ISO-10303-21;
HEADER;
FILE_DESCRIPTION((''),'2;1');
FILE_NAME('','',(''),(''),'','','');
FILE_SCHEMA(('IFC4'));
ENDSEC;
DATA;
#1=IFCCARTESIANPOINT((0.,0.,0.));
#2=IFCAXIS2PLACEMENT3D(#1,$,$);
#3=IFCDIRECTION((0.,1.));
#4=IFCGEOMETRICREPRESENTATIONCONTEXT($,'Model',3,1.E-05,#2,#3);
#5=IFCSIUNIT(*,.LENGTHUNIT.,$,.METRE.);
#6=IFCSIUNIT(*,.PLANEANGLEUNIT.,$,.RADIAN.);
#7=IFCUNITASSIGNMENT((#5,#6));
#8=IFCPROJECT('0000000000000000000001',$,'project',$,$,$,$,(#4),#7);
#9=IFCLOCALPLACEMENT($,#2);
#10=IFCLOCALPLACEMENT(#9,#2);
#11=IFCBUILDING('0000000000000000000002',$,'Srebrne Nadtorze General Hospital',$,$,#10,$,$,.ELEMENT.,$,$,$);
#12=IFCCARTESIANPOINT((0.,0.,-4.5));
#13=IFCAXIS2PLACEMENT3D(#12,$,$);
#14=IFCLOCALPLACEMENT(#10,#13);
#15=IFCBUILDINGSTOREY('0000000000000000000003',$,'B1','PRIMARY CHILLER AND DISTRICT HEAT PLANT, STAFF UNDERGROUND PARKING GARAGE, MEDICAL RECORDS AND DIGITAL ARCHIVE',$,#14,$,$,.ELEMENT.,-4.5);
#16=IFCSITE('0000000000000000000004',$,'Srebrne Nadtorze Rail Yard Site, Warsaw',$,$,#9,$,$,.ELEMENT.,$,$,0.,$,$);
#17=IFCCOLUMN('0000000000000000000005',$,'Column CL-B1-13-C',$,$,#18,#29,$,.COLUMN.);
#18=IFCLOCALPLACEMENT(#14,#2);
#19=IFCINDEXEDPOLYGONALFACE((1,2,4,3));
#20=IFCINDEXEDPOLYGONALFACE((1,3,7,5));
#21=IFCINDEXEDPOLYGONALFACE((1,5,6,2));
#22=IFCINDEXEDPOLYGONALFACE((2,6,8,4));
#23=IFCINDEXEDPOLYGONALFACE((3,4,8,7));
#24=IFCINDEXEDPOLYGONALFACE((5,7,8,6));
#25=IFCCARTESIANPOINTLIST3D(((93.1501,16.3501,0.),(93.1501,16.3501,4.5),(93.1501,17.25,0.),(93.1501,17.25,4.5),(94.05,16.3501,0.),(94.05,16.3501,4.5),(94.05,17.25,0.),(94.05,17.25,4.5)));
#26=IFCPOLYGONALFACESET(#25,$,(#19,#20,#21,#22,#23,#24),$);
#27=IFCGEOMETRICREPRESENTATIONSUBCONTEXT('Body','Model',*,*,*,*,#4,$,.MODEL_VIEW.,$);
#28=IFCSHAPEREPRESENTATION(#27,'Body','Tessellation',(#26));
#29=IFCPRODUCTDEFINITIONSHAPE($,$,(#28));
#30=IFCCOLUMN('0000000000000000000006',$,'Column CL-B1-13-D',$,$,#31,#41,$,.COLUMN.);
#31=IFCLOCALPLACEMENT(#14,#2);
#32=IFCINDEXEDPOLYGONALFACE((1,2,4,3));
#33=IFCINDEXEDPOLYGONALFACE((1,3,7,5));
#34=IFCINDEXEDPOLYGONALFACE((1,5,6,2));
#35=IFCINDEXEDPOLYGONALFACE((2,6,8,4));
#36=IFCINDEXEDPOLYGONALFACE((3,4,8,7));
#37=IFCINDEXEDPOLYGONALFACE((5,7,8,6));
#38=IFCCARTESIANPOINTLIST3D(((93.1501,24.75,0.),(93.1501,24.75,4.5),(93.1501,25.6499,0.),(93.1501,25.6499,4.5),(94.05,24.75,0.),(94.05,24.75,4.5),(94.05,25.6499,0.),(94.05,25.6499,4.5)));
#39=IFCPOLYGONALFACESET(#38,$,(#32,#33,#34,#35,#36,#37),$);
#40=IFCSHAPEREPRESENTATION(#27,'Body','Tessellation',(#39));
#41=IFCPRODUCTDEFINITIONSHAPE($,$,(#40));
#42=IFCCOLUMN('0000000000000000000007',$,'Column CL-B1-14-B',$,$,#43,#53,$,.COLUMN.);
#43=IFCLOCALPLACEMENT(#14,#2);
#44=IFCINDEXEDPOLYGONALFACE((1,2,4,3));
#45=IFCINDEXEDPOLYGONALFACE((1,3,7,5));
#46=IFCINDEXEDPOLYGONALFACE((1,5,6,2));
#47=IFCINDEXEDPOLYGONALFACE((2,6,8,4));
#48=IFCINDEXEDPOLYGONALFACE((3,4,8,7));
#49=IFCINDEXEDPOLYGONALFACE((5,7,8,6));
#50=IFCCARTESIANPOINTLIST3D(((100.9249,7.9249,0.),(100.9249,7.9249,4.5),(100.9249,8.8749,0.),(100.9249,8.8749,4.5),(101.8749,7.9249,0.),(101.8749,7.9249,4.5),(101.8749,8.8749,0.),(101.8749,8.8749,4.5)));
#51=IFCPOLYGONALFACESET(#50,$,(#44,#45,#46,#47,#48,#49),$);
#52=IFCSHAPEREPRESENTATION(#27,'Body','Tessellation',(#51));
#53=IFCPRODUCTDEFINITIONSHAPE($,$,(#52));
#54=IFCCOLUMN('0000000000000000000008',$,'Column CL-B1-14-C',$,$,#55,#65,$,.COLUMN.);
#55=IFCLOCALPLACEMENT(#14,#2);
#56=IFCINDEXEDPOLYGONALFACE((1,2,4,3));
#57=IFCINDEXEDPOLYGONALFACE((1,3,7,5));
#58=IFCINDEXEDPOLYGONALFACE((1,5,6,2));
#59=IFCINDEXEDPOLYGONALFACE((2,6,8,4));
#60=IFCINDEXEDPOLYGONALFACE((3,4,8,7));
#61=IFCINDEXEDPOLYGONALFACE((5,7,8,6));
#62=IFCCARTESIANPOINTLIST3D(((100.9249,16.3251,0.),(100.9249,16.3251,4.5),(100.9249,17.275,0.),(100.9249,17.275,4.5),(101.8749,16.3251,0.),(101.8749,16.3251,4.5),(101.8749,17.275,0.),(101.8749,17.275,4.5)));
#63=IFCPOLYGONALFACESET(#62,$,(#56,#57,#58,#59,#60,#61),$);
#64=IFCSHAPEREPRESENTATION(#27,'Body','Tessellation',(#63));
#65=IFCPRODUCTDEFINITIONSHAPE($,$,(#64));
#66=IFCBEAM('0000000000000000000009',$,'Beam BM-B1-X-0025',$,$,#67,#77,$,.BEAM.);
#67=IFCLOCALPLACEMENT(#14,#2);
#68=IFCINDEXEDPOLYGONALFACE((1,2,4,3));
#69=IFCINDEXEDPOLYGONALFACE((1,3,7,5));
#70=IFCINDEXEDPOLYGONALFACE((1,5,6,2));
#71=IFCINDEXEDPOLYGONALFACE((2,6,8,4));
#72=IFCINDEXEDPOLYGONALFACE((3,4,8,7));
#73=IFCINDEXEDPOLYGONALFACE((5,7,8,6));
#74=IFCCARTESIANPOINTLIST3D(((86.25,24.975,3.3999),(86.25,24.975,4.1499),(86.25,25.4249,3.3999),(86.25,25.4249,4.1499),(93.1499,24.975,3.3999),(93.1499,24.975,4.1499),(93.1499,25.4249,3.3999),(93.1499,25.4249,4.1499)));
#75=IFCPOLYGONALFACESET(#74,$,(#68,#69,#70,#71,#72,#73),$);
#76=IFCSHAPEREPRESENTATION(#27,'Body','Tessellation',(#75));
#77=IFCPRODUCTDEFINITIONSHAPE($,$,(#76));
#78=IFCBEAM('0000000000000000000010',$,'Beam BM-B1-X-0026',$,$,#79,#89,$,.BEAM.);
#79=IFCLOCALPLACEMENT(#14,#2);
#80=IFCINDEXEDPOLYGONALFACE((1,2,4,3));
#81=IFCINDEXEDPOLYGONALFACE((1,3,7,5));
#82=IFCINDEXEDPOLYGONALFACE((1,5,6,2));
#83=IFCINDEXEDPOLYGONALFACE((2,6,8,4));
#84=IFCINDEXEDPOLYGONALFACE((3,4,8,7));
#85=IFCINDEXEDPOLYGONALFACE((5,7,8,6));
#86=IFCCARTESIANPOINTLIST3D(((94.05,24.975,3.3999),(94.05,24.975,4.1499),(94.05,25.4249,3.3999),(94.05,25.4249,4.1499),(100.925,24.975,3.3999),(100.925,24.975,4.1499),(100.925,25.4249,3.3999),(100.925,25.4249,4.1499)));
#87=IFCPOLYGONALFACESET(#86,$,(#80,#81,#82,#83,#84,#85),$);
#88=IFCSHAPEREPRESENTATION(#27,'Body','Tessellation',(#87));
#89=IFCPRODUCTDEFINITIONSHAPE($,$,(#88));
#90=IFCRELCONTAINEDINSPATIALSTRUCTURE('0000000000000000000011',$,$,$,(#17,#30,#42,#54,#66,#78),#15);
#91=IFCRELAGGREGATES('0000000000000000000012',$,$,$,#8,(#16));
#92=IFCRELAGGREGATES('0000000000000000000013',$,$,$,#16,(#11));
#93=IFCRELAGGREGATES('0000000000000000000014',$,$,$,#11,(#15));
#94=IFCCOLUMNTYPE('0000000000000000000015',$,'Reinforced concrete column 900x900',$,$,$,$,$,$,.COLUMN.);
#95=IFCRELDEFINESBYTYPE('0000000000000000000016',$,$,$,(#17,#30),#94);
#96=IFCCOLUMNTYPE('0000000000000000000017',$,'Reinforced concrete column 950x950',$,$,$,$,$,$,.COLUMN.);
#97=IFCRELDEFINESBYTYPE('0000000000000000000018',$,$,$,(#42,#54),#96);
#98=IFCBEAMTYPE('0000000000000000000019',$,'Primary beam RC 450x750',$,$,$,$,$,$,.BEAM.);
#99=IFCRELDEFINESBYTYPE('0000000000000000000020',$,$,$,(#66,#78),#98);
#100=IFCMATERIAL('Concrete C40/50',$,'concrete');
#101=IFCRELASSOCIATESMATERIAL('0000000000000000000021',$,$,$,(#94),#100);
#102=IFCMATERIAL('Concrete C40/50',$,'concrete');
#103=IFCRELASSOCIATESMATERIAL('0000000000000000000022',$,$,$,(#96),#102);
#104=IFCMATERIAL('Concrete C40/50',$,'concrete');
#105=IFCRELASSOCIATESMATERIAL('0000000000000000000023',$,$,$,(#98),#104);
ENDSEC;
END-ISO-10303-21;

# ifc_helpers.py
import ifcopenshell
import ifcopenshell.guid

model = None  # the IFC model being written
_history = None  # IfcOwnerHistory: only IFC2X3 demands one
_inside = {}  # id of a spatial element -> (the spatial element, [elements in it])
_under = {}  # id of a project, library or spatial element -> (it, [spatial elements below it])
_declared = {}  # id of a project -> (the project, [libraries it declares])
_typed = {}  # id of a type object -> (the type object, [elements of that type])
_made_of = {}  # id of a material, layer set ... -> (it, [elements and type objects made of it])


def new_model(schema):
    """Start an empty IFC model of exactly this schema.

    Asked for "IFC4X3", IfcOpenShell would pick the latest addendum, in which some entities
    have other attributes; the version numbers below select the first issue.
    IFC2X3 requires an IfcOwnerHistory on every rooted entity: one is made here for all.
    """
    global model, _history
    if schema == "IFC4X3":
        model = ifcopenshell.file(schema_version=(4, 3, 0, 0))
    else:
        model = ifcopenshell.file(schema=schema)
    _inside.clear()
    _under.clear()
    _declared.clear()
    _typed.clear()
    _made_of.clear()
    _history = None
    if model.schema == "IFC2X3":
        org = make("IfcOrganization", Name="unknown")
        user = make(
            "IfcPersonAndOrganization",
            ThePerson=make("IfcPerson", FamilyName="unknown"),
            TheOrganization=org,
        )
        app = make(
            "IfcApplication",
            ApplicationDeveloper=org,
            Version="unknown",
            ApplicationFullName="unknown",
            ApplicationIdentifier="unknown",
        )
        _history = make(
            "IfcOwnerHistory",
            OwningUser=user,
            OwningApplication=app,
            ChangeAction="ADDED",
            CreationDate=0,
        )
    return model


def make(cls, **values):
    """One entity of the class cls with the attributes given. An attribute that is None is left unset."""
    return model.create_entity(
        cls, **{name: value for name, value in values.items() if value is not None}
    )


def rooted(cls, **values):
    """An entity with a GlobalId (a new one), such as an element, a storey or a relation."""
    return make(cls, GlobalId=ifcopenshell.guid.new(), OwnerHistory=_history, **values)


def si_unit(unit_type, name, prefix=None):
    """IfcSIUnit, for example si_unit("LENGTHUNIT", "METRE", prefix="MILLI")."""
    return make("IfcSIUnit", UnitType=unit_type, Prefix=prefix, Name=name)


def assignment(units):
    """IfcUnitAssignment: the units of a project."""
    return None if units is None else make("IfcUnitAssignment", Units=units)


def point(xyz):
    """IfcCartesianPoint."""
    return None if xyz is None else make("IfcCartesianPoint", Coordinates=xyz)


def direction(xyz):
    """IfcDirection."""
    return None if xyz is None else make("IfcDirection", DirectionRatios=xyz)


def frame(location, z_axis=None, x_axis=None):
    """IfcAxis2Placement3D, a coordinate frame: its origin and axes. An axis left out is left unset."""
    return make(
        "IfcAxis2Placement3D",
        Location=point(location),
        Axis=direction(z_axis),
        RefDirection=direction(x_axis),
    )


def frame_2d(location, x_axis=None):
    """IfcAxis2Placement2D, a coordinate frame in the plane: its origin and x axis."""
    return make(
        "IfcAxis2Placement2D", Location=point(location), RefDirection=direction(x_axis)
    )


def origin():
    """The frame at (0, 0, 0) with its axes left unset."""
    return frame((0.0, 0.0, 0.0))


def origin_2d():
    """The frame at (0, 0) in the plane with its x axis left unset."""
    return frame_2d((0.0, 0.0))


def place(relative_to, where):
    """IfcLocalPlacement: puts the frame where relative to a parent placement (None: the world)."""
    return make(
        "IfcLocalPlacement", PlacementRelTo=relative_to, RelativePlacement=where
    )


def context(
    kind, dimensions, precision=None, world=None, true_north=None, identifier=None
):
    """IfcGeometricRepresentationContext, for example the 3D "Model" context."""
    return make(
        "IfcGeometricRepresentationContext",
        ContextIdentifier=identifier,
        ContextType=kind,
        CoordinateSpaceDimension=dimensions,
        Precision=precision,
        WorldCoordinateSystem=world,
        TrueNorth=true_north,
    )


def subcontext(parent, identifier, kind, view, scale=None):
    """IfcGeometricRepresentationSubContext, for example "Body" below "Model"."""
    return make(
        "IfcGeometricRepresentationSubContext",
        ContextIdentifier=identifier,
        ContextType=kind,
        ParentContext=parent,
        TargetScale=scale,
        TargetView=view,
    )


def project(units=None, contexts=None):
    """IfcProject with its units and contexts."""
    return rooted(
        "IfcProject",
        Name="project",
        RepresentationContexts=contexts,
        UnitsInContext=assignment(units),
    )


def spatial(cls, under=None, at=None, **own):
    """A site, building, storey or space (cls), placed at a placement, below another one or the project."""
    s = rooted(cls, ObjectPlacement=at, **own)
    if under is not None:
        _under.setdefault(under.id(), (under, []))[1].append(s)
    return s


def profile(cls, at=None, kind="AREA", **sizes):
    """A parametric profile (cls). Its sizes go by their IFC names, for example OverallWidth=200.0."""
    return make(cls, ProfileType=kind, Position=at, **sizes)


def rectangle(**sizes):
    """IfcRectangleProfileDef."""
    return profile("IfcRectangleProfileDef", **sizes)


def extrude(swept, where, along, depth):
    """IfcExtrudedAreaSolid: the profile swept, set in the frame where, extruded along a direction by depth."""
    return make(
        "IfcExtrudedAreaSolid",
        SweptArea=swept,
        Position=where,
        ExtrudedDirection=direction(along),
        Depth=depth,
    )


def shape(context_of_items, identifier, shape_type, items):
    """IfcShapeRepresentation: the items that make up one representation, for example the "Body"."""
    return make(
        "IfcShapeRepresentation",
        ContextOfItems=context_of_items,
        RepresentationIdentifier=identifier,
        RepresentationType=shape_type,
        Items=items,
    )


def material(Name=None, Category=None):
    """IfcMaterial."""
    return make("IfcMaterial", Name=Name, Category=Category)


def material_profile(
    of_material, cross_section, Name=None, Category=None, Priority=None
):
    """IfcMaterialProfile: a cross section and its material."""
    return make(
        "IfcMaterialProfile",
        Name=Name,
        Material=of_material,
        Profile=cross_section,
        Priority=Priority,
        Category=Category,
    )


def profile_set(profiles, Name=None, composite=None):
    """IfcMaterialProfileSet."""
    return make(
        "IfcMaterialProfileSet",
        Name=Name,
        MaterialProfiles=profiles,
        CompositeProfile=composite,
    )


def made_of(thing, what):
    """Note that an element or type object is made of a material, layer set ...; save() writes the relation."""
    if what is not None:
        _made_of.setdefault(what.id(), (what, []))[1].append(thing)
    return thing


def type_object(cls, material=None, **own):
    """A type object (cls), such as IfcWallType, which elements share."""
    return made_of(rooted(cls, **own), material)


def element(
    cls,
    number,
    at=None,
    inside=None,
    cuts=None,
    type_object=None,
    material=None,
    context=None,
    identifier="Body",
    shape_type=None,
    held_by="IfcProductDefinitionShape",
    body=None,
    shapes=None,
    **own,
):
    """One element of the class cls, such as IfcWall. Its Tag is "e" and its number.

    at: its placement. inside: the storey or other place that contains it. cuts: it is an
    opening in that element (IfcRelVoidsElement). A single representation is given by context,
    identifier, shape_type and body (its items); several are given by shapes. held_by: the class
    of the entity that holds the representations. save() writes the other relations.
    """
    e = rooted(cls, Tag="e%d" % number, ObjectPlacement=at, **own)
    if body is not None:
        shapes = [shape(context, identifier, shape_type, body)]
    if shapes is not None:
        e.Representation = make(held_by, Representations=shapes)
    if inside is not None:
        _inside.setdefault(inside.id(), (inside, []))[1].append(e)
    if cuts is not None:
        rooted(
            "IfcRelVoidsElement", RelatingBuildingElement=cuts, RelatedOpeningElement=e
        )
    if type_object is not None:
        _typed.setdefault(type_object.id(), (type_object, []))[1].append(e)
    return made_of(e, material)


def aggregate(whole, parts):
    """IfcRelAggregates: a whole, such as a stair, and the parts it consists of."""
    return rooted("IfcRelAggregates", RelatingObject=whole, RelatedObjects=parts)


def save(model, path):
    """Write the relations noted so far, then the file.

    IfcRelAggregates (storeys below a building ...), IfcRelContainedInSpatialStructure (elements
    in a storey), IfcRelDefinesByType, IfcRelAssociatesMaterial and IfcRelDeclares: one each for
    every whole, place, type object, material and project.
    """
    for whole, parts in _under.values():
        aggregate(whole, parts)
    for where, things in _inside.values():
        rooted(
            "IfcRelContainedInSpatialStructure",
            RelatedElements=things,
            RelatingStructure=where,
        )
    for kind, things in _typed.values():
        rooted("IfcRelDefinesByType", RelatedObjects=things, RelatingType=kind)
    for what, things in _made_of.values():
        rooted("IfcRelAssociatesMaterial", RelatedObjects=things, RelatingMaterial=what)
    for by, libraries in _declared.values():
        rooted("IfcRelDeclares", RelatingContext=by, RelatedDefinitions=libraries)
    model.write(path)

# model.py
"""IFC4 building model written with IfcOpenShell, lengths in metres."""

from ifc_helpers import new_model, si_unit, direction, frame, origin, origin_2d, place, context, subcontext, project, spatial, rectangle, extrude, material, material_profile, profile_set, type_object, element, save


model = new_model("IFC4")

# Units and contexts
model_context = context("Model", 3, precision=1e-05, world=origin(), true_north=direction((0.0, 1.0)))
body_context = subcontext(model_context, "Body", "Model", "MODEL_VIEW")
ifc_project = project(units=[si_unit("LENGTHUNIT", "METRE"), si_unit("PLANEANGLEUNIT", "RADIAN")], contexts=[model_context])

# Site, building, storey
site_placement = place(None, origin())
site = spatial("IfcSite", under=ifc_project, at=site_placement, Name="Srebrne Nadtorze Rail Yard Site, Warsaw", CompositionType="ELEMENT", RefElevation=0.0)
building_placement = place(site_placement, origin())
building = spatial("IfcBuilding", under=site, at=building_placement, Name="Srebrne Nadtorze General Hospital", CompositionType="ELEMENT")
storey_placement = place(building_placement, frame((0.0, 0.0, -4.5)))
storey = spatial("IfcBuildingStorey", under=building, at=storey_placement, Name="B1", Description="PRIMARY CHILLER AND DISTRICT HEAT PLANT, STAFF UNDERGROUND PARKING GARAGE, MEDICAL RECORDS AND DIGITAL ARCHIVE", CompositionType="ELEMENT", Elevation=-4.5)

# Columns
ifc_material_1 = material(Name="Concrete C40/50", Category="concrete")
ifc_material_profile_1 = material_profile(ifc_material_1, rectangle(XDim=0.8999, YDim=0.8999, at=origin_2d()), Name="RC-COL-900x900")
ifc_profile_set_1 = profile_set([ifc_material_profile_1], Name="Concrete C40/50")
column_type_1 = type_object("IfcColumnType", Name="Reinforced concrete column 900x900", PredefinedType="COLUMN", material=ifc_profile_set_1)
for number, where, z_axis, x_axis, name in (
    (1, (93.6001, 16.8, 0.0), (0.0, 0.0, 1.0), (1.0, 0.0, 0.0), "Column CL-B1-13-C"),
    (2, (93.6001, 25.2, 0.0), (0.0, 0.0, 1.0), (1.0, 0.0, 0.0), "Column CL-B1-13-D"),
):
    element("IfcColumn", number, at=place(storey_placement, frame(where, z_axis=z_axis, x_axis=x_axis)), inside=storey, type_object=column_type_1, Name=name, PredefinedType="COLUMN", context=body_context, shape_type="SweptSolid", body=[
        extrude(rectangle(XDim=0.8999, YDim=0.8999, at=origin_2d()), origin(), (0.0, 0.0, 1.0), 4.5),
    ])
ifc_material_2 = material(Name="Concrete C40/50", Category="concrete")
ifc_material_profile_2 = material_profile(ifc_material_2, rectangle(XDim=0.95, YDim=0.95, at=origin_2d()), Name="RC-COL-950x950")
ifc_profile_set_2 = profile_set([ifc_material_profile_2], Name="Concrete C40/50")
column_type_2 = type_object("IfcColumnType", Name="Reinforced concrete column 950x950", PredefinedType="COLUMN", material=ifc_profile_set_2)
for number, where, z_axis, x_axis, name in (
    (3, (101.3999, 8.3999, 0.0), (0.0, 0.0, 1.0), (1.0, 0.0, 0.0), "Column CL-B1-14-B"),
    (4, (101.3999, 16.8, 0.0), (0.0, 0.0, 1.0), (1.0, 0.0, 0.0), "Column CL-B1-14-C"),
):
    element("IfcColumn", number, at=place(storey_placement, frame(where, z_axis=z_axis, x_axis=x_axis)), inside=storey, type_object=column_type_2, Name=name, PredefinedType="COLUMN", context=body_context, shape_type="SweptSolid", body=[
        extrude(rectangle(XDim=0.95, YDim=0.95, at=origin_2d()), origin(), (0.0, 0.0, 1.0), 4.5),
    ])

# Beams
ifc_material_3 = material(Name="Concrete C40/50", Category="concrete")
ifc_material_profile_3 = material_profile(ifc_material_3, rectangle(XDim=0.45, YDim=0.75, at=origin_2d()), Name="RC-BM-450x750")
ifc_profile_set_3 = profile_set([ifc_material_profile_3], Name="Concrete C40/50")
beam_type = type_object("IfcBeamType", Name="Primary beam RC 450x750", PredefinedType="BEAM", material=ifc_profile_set_3)
beam_1_placement = place(storey_placement, frame((86.25, 25.2, 3.7749), z_axis=(1.0, 0.0, 0.0), x_axis=(0.0, 1.0, 0.0)))
element("IfcBeam", 5, at=beam_1_placement, inside=storey, type_object=beam_type, Name="Beam BM-B1-X-0025", PredefinedType="BEAM", context=body_context, shape_type="SweptSolid", body=[
    extrude(rectangle(XDim=0.45, YDim=0.75, at=origin_2d()), origin(), (0.0, 0.0, 1.0), 6.8999),
])
beam_2_placement = place(storey_placement, frame((94.05, 25.2, 3.7749), z_axis=(1.0, 0.0, 0.0), x_axis=(0.0, 1.0, 0.0)))
element("IfcBeam", 6, at=beam_2_placement, inside=storey, type_object=beam_type, Name="Beam BM-B1-X-0026", PredefinedType="BEAM", context=body_context, shape_type="SweptSolid", body=[
    extrude(rectangle(XDim=0.45, YDim=0.75, at=origin_2d()), origin(), (0.0, 0.0, 1.0), 6.875),
])

save(model, "model.ifc")
